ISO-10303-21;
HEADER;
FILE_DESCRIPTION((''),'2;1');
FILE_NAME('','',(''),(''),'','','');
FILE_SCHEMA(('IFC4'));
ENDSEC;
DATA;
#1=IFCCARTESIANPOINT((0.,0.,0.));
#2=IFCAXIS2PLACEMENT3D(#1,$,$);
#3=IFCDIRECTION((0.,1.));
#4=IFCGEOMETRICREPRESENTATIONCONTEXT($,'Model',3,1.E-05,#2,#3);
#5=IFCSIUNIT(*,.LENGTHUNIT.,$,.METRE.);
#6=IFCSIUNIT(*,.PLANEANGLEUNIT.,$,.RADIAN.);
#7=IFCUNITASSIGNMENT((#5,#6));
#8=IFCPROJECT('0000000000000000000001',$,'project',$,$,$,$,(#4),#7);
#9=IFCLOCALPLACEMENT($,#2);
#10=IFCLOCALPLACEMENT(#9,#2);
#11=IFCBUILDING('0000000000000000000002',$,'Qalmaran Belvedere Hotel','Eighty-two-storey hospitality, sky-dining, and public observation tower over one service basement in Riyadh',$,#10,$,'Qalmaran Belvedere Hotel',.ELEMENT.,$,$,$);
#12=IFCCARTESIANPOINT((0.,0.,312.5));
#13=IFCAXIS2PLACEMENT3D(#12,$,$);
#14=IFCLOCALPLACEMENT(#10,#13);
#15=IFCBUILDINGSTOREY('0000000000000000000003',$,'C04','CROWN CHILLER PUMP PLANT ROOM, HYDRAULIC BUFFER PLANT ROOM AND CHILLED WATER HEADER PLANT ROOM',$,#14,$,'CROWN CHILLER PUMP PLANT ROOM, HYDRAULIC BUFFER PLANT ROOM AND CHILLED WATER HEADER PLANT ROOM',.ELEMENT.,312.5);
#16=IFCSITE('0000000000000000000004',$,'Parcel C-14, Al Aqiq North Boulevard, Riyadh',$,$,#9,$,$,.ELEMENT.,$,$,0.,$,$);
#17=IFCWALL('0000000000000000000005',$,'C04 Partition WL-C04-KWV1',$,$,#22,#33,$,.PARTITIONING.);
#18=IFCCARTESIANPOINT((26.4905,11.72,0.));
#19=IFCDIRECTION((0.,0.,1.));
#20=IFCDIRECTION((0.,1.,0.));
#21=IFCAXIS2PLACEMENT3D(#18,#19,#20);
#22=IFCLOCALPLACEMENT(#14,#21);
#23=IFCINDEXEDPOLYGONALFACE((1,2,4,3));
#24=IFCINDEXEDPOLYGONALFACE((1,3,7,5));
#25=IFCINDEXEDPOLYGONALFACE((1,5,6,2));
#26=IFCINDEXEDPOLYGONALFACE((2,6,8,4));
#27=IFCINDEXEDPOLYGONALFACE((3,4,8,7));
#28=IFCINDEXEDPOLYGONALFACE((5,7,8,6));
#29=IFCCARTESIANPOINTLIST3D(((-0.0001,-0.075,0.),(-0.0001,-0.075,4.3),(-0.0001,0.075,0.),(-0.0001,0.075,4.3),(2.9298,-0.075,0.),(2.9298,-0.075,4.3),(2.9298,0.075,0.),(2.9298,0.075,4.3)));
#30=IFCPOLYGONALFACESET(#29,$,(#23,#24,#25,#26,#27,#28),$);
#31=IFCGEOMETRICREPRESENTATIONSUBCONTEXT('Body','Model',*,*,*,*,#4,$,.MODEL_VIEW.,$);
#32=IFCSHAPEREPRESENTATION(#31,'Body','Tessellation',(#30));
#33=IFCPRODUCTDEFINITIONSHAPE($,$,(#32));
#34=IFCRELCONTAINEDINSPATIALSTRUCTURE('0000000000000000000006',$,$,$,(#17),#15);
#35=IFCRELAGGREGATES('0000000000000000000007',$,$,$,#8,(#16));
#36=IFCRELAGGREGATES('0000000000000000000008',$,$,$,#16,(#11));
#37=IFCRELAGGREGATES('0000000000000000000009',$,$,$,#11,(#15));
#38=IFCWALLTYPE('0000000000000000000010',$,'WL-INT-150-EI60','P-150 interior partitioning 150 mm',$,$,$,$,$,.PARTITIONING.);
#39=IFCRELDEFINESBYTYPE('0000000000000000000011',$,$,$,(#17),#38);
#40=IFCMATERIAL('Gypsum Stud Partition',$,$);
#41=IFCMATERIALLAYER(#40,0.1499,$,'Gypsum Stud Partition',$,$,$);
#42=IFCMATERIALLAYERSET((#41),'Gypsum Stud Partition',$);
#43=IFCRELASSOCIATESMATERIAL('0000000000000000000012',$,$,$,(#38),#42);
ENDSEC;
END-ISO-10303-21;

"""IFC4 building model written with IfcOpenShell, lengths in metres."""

from ifc_helpers import new_model, si_unit, direction, frame, frame_2d, origin, place, context, subcontext, project, spatial, rectangle, extrude, material, layer, layer_set, type_object, element, save


model = new_model("IFC4")

# Units and contexts
model_context = context("Model", 3, precision=1e-05, world=origin(), true_north=direction((0.0, 1.0)))
body_context = subcontext(model_context, "Body", "Model", "MODEL_VIEW")
ifc_project = project(units=[si_unit("LENGTHUNIT", "METRE"), si_unit("PLANEANGLEUNIT", "RADIAN")], contexts=[model_context])

# Site, building, storey
site_placement = place(None, origin())
site = spatial("IfcSite", under=ifc_project, at=site_placement, Name="Parcel C-14, Al Aqiq North Boulevard, Riyadh", CompositionType="ELEMENT", RefElevation=0.0)
building_placement = place(site_placement, origin())
building = spatial("IfcBuilding", under=site, at=building_placement, Name="Qalmaran Belvedere Hotel", Description="Eighty-two-storey hospitality, sky-dining, and public observation tower over one service basement in Riyadh", LongName="Qalmaran Belvedere Hotel", CompositionType="ELEMENT")
storey_placement = place(building_placement, frame((0.0, 0.0, 312.5)))
storey = spatial("IfcBuildingStorey", under=building, at=storey_placement, Name="C04", Description="CROWN CHILLER PUMP PLANT ROOM, HYDRAULIC BUFFER PLANT ROOM AND CHILLED WATER HEADER PLANT ROOM", LongName="CROWN CHILLER PUMP PLANT ROOM, HYDRAULIC BUFFER PLANT ROOM AND CHILLED WATER HEADER PLANT ROOM", CompositionType="ELEMENT", Elevation=312.5)

# Wall
ifc_material_1 = material(Name="Gypsum Stud Partition")
ifc_layer_1 = layer(ifc_material_1, 0.1499, Name="Gypsum Stud Partition")
ifc_layer_set_1 = layer_set([ifc_layer_1], Name="Gypsum Stud Partition")
wall_type_1 = type_object("IfcWallType", Name="WL-INT-150-EI60", Description="P-150 interior partitioning 150 mm", PredefinedType="PARTITIONING", material=ifc_layer_set_1)
wall_1_placement = place(storey_placement, frame((26.4905, 11.72, 0.0), z_axis=(0.0, 0.0, 1.0), x_axis=(0.0, 1.0, 0.0)))
element("IfcWall", 1, at=wall_1_placement, inside=storey, type_object=wall_type_1, Name="C04 Partition WL-C04-KWV1", PredefinedType="PARTITIONING", context=body_context, shape_type="SweptSolid", body=[
    extrude(rectangle(XDim=2.9299, YDim=0.1499, at=frame_2d((1.4648, 0.0))), origin(), (0.0, 0.0, 1.0), 4.3),
])

save(model, "model.ifc")
